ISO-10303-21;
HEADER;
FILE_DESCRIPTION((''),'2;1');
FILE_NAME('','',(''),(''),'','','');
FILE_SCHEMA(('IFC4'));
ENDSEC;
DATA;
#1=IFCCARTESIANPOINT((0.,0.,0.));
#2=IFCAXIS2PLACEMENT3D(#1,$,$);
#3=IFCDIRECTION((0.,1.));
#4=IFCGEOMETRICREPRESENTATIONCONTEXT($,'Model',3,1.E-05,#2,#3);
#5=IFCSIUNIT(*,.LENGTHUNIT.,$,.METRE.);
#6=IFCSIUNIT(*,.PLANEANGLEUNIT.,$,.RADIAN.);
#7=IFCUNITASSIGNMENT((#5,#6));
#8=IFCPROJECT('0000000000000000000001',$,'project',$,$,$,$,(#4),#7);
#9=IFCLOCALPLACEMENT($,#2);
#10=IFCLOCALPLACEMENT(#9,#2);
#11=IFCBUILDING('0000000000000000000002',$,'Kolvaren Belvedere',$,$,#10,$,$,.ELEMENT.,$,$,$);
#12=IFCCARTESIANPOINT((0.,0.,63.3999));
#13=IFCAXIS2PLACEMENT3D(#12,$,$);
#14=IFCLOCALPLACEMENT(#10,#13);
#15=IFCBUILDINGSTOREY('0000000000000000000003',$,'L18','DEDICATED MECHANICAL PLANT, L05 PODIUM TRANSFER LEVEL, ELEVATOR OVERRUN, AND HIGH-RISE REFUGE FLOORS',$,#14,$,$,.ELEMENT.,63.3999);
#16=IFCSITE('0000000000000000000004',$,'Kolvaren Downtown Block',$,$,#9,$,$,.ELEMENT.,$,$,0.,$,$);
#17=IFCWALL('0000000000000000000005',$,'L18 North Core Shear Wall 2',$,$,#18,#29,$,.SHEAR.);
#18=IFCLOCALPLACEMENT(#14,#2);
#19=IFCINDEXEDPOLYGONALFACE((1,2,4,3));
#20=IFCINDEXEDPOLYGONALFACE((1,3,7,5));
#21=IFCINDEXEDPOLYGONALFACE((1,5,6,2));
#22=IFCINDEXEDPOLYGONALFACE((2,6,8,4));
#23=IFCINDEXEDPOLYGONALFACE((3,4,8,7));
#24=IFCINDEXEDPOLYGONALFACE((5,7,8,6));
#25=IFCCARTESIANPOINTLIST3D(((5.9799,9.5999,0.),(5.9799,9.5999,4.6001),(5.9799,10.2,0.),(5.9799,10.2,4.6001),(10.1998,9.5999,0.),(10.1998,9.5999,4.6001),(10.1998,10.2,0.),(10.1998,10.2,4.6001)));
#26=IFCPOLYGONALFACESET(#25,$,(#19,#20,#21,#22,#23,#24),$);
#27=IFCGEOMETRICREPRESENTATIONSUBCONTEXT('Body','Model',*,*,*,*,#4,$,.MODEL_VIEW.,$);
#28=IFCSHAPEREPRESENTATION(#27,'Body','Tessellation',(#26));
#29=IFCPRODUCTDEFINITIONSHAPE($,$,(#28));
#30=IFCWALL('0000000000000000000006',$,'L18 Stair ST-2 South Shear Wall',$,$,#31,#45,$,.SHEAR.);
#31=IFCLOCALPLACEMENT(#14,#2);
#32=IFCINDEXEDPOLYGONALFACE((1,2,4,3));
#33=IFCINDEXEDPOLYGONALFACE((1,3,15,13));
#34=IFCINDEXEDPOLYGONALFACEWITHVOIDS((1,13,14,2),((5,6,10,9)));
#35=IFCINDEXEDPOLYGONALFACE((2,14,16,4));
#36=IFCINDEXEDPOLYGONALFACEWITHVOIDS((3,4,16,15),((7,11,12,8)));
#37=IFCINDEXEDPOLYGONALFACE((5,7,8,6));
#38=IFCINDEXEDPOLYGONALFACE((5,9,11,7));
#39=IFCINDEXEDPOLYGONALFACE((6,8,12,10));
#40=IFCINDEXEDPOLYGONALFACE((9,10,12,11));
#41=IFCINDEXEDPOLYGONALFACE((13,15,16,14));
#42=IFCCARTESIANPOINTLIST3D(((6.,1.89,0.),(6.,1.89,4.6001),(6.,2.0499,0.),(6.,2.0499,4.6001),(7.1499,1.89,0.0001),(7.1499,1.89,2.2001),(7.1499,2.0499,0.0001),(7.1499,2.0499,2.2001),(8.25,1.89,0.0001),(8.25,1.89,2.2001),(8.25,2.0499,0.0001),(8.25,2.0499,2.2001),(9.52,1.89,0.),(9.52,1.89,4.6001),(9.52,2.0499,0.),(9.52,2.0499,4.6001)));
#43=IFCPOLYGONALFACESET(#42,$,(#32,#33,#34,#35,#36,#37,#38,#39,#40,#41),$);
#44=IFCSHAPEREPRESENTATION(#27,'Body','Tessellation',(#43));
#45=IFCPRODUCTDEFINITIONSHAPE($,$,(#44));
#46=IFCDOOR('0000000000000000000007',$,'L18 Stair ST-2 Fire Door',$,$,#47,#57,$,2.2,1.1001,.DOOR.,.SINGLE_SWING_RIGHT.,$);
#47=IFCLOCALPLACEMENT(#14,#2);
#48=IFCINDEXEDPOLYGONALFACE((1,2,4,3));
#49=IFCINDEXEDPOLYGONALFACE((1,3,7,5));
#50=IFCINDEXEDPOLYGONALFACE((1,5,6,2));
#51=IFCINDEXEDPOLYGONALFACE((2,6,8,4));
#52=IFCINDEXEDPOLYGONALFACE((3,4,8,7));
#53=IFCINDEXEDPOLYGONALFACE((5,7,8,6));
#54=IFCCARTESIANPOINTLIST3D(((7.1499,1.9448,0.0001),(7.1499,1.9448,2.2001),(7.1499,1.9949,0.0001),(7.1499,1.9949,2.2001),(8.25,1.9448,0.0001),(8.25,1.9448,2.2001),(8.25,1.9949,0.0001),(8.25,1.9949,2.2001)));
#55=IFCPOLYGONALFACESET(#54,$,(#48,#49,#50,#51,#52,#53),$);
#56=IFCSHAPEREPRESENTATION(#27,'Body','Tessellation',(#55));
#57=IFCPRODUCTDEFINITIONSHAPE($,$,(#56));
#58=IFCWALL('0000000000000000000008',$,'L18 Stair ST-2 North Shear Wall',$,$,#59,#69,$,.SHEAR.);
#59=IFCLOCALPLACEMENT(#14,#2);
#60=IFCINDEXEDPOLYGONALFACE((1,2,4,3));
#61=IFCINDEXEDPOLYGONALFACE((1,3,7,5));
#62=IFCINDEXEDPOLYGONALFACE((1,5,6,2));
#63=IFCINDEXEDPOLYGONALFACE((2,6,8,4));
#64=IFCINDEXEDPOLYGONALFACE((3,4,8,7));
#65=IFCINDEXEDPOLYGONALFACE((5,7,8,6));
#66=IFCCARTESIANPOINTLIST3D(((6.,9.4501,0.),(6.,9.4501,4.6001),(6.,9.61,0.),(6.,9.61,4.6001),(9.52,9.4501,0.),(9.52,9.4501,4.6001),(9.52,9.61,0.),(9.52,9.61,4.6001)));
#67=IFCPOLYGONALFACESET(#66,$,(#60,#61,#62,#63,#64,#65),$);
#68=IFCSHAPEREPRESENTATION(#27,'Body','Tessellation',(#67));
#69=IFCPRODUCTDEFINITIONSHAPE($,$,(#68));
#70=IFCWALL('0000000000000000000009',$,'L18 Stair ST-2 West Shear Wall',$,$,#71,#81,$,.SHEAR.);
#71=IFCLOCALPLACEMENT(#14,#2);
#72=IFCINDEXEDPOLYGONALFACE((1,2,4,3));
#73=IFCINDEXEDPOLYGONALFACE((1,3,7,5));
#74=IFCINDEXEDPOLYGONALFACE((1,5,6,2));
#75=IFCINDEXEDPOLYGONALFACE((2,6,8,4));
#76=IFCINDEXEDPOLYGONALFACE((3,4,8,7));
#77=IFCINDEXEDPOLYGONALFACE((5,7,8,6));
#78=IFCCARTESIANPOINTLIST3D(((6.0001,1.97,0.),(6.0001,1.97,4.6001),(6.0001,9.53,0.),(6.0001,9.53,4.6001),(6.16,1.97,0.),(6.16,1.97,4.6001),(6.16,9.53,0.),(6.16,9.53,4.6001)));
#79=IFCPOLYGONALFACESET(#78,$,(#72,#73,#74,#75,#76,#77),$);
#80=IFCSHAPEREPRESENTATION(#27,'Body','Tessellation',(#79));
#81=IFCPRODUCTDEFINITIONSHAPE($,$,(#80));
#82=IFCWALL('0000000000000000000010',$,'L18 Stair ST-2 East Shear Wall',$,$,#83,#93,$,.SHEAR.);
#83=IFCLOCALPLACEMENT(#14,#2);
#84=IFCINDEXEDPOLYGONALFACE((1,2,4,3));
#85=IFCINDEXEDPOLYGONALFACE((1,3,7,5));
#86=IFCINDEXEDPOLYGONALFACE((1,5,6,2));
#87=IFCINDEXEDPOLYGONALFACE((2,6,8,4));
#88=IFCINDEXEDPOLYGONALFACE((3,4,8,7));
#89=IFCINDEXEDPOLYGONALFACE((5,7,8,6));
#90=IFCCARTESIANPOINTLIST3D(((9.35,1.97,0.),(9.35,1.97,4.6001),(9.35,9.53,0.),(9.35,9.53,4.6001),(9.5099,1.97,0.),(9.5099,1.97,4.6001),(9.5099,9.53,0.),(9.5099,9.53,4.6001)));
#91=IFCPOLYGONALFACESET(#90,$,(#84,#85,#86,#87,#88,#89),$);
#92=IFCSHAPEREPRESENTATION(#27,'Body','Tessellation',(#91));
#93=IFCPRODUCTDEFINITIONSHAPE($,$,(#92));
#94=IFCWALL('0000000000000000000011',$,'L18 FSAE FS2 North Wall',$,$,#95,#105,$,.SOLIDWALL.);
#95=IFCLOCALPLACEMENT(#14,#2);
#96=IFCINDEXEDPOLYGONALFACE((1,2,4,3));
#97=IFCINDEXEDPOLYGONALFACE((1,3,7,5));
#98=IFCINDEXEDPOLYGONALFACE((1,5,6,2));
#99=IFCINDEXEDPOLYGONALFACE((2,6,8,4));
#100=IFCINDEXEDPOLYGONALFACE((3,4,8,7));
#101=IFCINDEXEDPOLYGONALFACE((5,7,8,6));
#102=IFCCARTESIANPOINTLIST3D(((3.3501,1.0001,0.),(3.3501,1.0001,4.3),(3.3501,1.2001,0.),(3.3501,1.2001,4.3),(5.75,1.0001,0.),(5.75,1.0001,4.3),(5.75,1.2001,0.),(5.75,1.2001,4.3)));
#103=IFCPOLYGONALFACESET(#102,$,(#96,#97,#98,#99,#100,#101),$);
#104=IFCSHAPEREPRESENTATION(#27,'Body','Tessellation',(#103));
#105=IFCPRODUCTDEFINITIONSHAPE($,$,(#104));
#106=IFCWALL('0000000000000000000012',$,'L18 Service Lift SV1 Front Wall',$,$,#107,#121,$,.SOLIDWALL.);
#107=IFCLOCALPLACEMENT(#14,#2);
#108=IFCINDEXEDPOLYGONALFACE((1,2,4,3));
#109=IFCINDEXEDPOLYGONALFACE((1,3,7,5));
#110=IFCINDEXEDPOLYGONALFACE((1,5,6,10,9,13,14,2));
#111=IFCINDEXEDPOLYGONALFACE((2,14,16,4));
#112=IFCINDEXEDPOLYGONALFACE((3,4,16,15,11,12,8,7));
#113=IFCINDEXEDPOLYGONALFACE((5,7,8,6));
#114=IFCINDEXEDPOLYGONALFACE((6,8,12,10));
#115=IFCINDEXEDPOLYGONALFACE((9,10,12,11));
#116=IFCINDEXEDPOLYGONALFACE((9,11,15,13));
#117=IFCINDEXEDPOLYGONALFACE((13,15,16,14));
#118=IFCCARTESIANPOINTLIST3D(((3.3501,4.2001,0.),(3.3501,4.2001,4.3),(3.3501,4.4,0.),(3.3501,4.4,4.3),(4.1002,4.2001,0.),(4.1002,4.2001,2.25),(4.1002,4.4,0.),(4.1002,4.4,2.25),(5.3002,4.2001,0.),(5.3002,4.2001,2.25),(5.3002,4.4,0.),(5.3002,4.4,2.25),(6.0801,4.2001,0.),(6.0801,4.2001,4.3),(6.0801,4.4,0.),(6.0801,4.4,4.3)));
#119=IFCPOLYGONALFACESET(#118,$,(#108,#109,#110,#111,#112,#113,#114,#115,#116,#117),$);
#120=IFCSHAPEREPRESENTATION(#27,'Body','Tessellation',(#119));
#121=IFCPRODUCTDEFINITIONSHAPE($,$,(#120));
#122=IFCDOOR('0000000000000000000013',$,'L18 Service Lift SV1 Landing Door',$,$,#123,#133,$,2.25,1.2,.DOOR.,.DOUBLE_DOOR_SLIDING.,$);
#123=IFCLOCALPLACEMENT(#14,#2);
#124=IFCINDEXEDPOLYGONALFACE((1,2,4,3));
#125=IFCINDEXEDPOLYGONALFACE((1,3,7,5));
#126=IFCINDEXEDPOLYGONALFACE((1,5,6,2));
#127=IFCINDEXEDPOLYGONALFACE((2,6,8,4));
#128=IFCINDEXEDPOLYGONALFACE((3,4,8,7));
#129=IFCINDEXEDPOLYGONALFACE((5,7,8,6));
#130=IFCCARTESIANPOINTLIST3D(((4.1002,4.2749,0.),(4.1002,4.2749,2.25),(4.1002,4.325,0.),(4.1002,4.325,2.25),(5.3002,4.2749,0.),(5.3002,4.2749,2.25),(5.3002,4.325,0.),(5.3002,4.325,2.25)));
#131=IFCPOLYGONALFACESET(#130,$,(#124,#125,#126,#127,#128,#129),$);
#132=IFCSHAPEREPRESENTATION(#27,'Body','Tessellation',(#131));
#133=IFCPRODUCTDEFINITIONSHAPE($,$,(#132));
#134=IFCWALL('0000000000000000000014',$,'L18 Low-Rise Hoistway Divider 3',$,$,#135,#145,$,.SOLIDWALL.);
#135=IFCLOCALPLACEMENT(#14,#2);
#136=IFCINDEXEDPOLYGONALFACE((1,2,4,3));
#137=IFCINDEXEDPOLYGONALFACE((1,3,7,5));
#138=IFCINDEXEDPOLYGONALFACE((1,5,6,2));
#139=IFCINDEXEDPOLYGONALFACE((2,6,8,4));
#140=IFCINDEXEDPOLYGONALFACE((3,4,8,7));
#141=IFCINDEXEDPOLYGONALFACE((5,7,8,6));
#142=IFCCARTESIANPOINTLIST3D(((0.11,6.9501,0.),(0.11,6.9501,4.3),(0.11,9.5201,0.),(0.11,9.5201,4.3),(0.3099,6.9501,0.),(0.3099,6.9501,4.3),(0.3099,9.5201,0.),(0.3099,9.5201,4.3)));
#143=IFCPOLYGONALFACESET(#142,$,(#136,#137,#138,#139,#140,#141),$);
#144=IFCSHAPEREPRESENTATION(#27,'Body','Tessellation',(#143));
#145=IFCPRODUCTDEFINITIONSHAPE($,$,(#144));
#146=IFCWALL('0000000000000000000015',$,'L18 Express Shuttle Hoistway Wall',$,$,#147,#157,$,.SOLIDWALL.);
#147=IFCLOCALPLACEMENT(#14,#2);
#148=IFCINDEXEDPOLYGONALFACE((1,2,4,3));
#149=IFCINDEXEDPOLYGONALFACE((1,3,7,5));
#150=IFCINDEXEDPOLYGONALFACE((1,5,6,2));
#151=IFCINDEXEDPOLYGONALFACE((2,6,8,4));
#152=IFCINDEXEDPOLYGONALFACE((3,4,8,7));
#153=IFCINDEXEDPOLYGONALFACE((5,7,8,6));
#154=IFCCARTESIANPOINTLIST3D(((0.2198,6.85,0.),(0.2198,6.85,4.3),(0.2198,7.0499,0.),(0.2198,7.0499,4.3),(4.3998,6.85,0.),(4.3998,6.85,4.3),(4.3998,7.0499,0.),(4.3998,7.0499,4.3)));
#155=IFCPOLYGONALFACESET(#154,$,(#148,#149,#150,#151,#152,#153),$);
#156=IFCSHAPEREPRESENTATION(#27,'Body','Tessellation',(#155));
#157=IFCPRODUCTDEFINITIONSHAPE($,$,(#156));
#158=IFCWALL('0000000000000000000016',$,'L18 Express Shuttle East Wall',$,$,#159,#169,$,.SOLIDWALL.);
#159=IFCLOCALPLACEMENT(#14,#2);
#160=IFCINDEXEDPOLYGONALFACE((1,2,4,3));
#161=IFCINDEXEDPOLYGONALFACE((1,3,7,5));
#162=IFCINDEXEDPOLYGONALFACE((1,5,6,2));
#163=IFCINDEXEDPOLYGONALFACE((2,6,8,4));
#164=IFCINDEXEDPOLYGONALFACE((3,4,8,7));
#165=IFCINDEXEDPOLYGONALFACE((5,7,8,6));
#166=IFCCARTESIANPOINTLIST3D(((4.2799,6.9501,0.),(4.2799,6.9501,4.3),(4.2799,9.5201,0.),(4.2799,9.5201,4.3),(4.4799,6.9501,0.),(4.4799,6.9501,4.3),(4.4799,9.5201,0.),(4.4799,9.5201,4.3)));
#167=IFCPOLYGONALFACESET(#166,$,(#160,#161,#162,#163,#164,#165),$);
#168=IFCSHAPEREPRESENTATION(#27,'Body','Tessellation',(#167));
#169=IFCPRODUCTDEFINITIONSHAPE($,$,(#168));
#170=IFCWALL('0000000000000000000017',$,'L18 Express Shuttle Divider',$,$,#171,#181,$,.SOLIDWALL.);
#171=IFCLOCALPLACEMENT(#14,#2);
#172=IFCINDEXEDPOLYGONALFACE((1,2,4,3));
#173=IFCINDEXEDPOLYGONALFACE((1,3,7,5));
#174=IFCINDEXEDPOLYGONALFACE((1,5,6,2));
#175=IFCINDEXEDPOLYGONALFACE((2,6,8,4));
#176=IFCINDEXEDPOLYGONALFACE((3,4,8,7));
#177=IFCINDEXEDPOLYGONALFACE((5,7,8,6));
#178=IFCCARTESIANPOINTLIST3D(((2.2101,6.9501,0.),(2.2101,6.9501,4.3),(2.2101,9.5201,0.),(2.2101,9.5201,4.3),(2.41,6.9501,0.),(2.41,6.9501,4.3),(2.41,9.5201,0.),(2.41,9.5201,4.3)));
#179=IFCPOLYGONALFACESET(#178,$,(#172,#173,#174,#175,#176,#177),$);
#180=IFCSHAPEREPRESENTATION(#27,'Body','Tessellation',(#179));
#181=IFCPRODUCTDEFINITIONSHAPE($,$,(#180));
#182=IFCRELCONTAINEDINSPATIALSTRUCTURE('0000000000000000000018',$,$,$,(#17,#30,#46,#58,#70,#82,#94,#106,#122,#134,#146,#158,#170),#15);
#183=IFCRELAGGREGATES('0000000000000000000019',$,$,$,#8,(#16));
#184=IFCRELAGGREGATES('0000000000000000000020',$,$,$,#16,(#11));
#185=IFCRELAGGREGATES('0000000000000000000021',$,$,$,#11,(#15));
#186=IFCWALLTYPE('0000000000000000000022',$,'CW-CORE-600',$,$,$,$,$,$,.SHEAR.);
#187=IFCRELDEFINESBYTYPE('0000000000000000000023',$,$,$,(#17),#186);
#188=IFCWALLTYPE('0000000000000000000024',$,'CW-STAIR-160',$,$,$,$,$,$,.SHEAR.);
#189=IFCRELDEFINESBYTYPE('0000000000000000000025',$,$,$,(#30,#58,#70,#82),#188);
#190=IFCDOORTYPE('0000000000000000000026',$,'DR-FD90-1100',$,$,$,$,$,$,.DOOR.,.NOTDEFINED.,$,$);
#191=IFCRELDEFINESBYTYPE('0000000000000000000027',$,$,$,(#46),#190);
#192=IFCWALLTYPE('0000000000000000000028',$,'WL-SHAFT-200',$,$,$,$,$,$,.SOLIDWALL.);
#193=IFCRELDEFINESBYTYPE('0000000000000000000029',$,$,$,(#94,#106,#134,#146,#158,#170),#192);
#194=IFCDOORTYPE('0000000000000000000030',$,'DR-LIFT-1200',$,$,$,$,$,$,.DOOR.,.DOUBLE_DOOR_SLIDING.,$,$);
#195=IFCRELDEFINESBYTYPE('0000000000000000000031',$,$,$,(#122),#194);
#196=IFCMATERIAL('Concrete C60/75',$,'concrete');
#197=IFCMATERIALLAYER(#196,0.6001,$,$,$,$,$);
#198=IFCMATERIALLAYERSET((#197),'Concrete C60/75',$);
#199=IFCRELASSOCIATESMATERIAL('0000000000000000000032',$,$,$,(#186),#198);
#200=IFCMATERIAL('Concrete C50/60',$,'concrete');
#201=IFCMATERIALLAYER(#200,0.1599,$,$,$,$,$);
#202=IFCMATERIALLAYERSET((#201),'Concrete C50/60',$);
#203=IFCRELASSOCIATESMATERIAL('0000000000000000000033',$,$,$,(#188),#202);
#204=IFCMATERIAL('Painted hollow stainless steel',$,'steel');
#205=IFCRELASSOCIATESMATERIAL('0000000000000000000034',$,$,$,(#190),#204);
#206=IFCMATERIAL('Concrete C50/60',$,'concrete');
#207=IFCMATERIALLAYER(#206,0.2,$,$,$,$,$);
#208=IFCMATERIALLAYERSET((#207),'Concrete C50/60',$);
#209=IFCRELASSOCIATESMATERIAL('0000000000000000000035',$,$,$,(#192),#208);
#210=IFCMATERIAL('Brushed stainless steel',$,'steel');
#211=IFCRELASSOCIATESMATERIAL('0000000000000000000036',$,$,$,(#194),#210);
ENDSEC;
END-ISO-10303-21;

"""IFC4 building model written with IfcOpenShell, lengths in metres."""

from ifc_helpers import new_model, si_unit, direction, frame, frame_2d, origin, place, context, subcontext, project, spatial, rectangle, extrude, material, layer, layer_set, type_object, element, fill, save


model = new_model("IFC4")

# Units and contexts
model_context = context("Model", 3, precision=1e-05, world=origin(), true_north=direction((0.0, 1.0)))
body_context = subcontext(model_context, "Body", "Model", "MODEL_VIEW")
ifc_project = project(units=[si_unit("LENGTHUNIT", "METRE"), si_unit("PLANEANGLEUNIT", "RADIAN")], contexts=[model_context])

# Site, building, storey
site_placement = place(None, origin())
site = spatial("IfcSite", under=ifc_project, at=site_placement, Name="Kolvaren Downtown Block", CompositionType="ELEMENT", RefElevation=0.0)
building_placement = place(site_placement, origin())
building = spatial("IfcBuilding", under=site, at=building_placement, Name="Kolvaren Belvedere", CompositionType="ELEMENT")
storey_placement = place(building_placement, frame((0.0, 0.0, 63.3999)))
storey = spatial("IfcBuildingStorey", under=building, at=storey_placement, Name="L18", Description="DEDICATED MECHANICAL PLANT, L05 PODIUM TRANSFER LEVEL, ELEVATOR OVERRUN, AND HIGH-RISE REFUGE FLOORS", CompositionType="ELEMENT", Elevation=63.3999)

# Wall
ifc_material_1 = material(Name="Concrete C60/75", Category="concrete")
ifc_layer_1 = layer(ifc_material_1, 0.6001)
ifc_layer_set_1 = layer_set([ifc_layer_1], Name="Concrete C60/75")
wall_type_1 = type_object("IfcWallType", Name="CW-CORE-600", PredefinedType="SHEAR", material=ifc_layer_set_1)
wall_1_placement = place(storey_placement, frame((5.98, 9.8999, 0.0), z_axis=(0.0, 0.0, 1.0), x_axis=(1.0, 0.0, 0.0)))
element("IfcWall", 1, at=wall_1_placement, inside=storey, type_object=wall_type_1, Name="L18 North Core Shear Wall 2", PredefinedType="SHEAR", context=body_context, shape_type="SweptSolid", body=[
    extrude(rectangle(XDim=4.22, YDim=0.6001, at=frame_2d((2.1099, 0.0))), origin(), (0.0, 0.0, 1.0), 4.6001),
])

# Wall, opening, door
ifc_material_2 = material(Name="Concrete C50/60", Category="concrete")
ifc_layer_2 = layer(ifc_material_2, 0.1599)
ifc_layer_set_2 = layer_set([ifc_layer_2], Name="Concrete C50/60")
wall_type_2 = type_object("IfcWallType", Name="CW-STAIR-160", PredefinedType="SHEAR", material=ifc_layer_set_2)
wall_2_placement = place(storey_placement, frame((6.0, 1.97, 0.0), z_axis=(0.0, 0.0, 1.0), x_axis=(1.0, 0.0, 0.0)))
wall_2 = element("IfcWall", 2, at=wall_2_placement, inside=storey, type_object=wall_type_2, Name="L18 Stair ST-2 South Shear Wall", PredefinedType="SHEAR", context=body_context, shape_type="SweptSolid", body=[
    extrude(rectangle(XDim=3.52, YDim=0.1599, at=frame_2d((1.76, 0.0))), origin(), (0.0, 0.0, 1.0), 4.6001),
])
opening_1_placement = place(wall_2_placement, frame((1.1499, 0.0, 0.0)))
opening_1 = element("IfcOpeningElement", 3, at=opening_1_placement, cuts=wall_2, PredefinedType="OPENING", context=body_context, shape_type="SweptSolid", body=[
    extrude(rectangle(XDim=1.1001, YDim=2.2, at=frame_2d((0.55, 1.1001))), frame((0.0, 0.0898, 0.0), z_axis=(0.0, -1.0, 0.0), x_axis=(1.0, 0.0, 0.0)), (0.0, 0.0, 1.0), 0.1799),
])
ifc_material_3 = material(Name="Painted hollow stainless steel", Category="steel")
door_type_1 = type_object("IfcDoorType", Name="DR-FD90-1100", OperationType="NOTDEFINED", PredefinedType="DOOR", material=ifc_material_3)
door_1_placement = place(opening_1_placement, origin())
door_1 = element("IfcDoor", 4, at=door_1_placement, inside=storey, type_object=door_type_1, Name="L18 Stair ST-2 Fire Door", OperationType="SINGLE_SWING_RIGHT", OverallHeight=2.2, OverallWidth=1.1001, PredefinedType="DOOR", context=body_context, shape_type="SweptSolid", body=[
    extrude(rectangle(XDim=1.1001, YDim=2.2, at=frame_2d((0.55, 1.1001))), frame((0.0, 0.0249, 0.0), z_axis=(0.0, -1.0, 0.0), x_axis=(1.0, 0.0, 0.0)), (0.0, 0.0, 1.0), 0.05),
])
fill(opening_1, door_1)

# Walls
wall_3_placement = place(storey_placement, frame((6.0, 9.53, 0.0), z_axis=(0.0, 0.0, 1.0), x_axis=(1.0, 0.0, 0.0)))
element("IfcWall", 5, at=wall_3_placement, inside=storey, type_object=wall_type_2, Name="L18 Stair ST-2 North Shear Wall", PredefinedType="SHEAR", context=body_context, shape_type="SweptSolid", body=[
    extrude(rectangle(XDim=3.52, YDim=0.1599, at=frame_2d((1.76, 0.0))), origin(), (0.0, 0.0, 1.0), 4.6001),
])
for number, where, z_axis, x_axis, name in (
    (6, (6.0801, 1.97, 0.0), (0.0, 0.0, 1.0), (0.0, 1.0, 0.0), "L18 Stair ST-2 West Shear Wall"),
    (7, (9.4299, 1.97, 0.0), (0.0, 0.0, 1.0), (0.0, 1.0, 0.0), "L18 Stair ST-2 East Shear Wall"),
):
    element("IfcWall", number, at=place(storey_placement, frame(where, z_axis=z_axis, x_axis=x_axis)), inside=storey, type_object=wall_type_2, Name=name, PredefinedType="SHEAR", context=body_context, shape_type="SweptSolid", body=[
        extrude(rectangle(XDim=7.5601, YDim=0.1599, at=frame_2d((3.78, 0.0))), origin(), (0.0, 0.0, 1.0), 4.6001),
    ])
ifc_material_4 = material(Name="Concrete C50/60", Category="concrete")
ifc_layer_3 = layer(ifc_material_4, 0.2)
ifc_layer_set_3 = layer_set([ifc_layer_3], Name="Concrete C50/60")
wall_type_3 = type_object("IfcWallType", Name="WL-SHAFT-200", PredefinedType="SOLIDWALL", material=ifc_layer_set_3)
wall_4_placement = place(storey_placement, frame((3.3501, 1.1001, 0.0), z_axis=(0.0, 0.0, 1.0), x_axis=(1.0, 0.0, 0.0)))
element("IfcWall", 8, at=wall_4_placement, inside=storey, type_object=wall_type_3, Name="L18 FSAE FS2 North Wall", PredefinedType="SOLIDWALL", context=body_context, shape_type="SweptSolid", body=[
    extrude(rectangle(XDim=2.3999, YDim=0.2, at=frame_2d((1.2, 0.0))), origin(), (0.0, 0.0, 1.0), 4.3),
])

# Wall, opening, door
wall_5_placement = place(storey_placement, frame((3.3501, 4.3, 0.0), z_axis=(0.0, 0.0, 1.0), x_axis=(1.0, 0.0, 0.0)))
wall_5 = element("IfcWall", 9, at=wall_5_placement, inside=storey, type_object=wall_type_3, Name="L18 Service Lift SV1 Front Wall", PredefinedType="SOLIDWALL", context=body_context, shape_type="SweptSolid", body=[
    extrude(rectangle(XDim=2.73, YDim=0.2, at=frame_2d((1.365, 0.0))), origin(), (0.0, 0.0, 1.0), 4.3),
])
opening_2_placement = place(wall_5_placement, frame((0.75, 0.0, 0.0)))
opening_2 = element("IfcOpeningElement", 10, at=opening_2_placement, cuts=wall_5, PredefinedType="OPENING", context=body_context, shape_type="SweptSolid", body=[
    extrude(rectangle(XDim=1.2, YDim=2.25, at=frame_2d((0.6001, 1.125))), frame((0.0, 0.1099, 0.0), z_axis=(0.0, -1.0, 0.0), x_axis=(1.0, 0.0, 0.0)), (0.0, 0.0, 1.0), 0.22),
])
ifc_material_5 = material(Name="Brushed stainless steel", Category="steel")
door_type_2 = type_object("IfcDoorType", Name="DR-LIFT-1200", OperationType="DOUBLE_DOOR_SLIDING", PredefinedType="DOOR", material=ifc_material_5)
door_2_placement = place(opening_2_placement, origin())
door_2 = element("IfcDoor", 11, at=door_2_placement, inside=storey, type_object=door_type_2, Name="L18 Service Lift SV1 Landing Door", OperationType="DOUBLE_DOOR_SLIDING", OverallHeight=2.25, OverallWidth=1.2, PredefinedType="DOOR", context=body_context, shape_type="SweptSolid", body=[
    extrude(rectangle(XDim=1.2, YDim=2.25, at=frame_2d((0.6001, 1.125))), frame((0.0, 0.0249, 0.0), z_axis=(0.0, -1.0, 0.0), x_axis=(1.0, 0.0, 0.0)), (0.0, 0.0, 1.0), 0.05),
])
fill(opening_2, door_2)

# Walls
wall_6_placement = place(storey_placement, frame((0.21, 6.95, 0.0), z_axis=(0.0, 0.0, 1.0), x_axis=(0.0, 1.0, 0.0)))
element("IfcWall", 12, at=wall_6_placement, inside=storey, type_object=wall_type_3, Name="L18 Low-Rise Hoistway Divider 3", PredefinedType="SOLIDWALL", context=body_context, shape_type="SweptSolid", body=[
    extrude(rectangle(XDim=2.5701, YDim=0.2, at=frame_2d((1.2852, 0.0))), origin(), (0.0, 0.0, 1.0), 4.3),
])
wall_7_placement = place(storey_placement, frame((0.22, 6.95, 0.0), z_axis=(0.0, 0.0, 1.0), x_axis=(1.0, 0.0, 0.0)))
element("IfcWall", 13, at=wall_7_placement, inside=storey, type_object=wall_type_3, Name="L18 Express Shuttle Hoistway Wall", PredefinedType="SOLIDWALL", context=body_context, shape_type="SweptSolid", body=[
    extrude(rectangle(XDim=4.1799, YDim=0.2, at=frame_2d((2.0898, 0.0))), origin(), (0.0, 0.0, 1.0), 4.3),
])
for number, where, z_axis, x_axis, name in (
    (14, (4.3799, 6.95, 0.0), (0.0, 0.0, 1.0), (0.0, 1.0, 0.0), "L18 Express Shuttle East Wall"),
    (15, (2.3101, 6.95, 0.0), (0.0, 0.0, 1.0), (0.0, 1.0, 0.0), "L18 Express Shuttle Divider"),
):
    element("IfcWall", number, at=place(storey_placement, frame(where, z_axis=z_axis, x_axis=x_axis)), inside=storey, type_object=wall_type_3, Name=name, PredefinedType="SOLIDWALL", context=body_context, shape_type="SweptSolid", body=[
        extrude(rectangle(XDim=2.5701, YDim=0.2, at=frame_2d((1.2852, 0.0))), origin(), (0.0, 0.0, 1.0), 4.3),
    ])

save(model, "model.ifc")
